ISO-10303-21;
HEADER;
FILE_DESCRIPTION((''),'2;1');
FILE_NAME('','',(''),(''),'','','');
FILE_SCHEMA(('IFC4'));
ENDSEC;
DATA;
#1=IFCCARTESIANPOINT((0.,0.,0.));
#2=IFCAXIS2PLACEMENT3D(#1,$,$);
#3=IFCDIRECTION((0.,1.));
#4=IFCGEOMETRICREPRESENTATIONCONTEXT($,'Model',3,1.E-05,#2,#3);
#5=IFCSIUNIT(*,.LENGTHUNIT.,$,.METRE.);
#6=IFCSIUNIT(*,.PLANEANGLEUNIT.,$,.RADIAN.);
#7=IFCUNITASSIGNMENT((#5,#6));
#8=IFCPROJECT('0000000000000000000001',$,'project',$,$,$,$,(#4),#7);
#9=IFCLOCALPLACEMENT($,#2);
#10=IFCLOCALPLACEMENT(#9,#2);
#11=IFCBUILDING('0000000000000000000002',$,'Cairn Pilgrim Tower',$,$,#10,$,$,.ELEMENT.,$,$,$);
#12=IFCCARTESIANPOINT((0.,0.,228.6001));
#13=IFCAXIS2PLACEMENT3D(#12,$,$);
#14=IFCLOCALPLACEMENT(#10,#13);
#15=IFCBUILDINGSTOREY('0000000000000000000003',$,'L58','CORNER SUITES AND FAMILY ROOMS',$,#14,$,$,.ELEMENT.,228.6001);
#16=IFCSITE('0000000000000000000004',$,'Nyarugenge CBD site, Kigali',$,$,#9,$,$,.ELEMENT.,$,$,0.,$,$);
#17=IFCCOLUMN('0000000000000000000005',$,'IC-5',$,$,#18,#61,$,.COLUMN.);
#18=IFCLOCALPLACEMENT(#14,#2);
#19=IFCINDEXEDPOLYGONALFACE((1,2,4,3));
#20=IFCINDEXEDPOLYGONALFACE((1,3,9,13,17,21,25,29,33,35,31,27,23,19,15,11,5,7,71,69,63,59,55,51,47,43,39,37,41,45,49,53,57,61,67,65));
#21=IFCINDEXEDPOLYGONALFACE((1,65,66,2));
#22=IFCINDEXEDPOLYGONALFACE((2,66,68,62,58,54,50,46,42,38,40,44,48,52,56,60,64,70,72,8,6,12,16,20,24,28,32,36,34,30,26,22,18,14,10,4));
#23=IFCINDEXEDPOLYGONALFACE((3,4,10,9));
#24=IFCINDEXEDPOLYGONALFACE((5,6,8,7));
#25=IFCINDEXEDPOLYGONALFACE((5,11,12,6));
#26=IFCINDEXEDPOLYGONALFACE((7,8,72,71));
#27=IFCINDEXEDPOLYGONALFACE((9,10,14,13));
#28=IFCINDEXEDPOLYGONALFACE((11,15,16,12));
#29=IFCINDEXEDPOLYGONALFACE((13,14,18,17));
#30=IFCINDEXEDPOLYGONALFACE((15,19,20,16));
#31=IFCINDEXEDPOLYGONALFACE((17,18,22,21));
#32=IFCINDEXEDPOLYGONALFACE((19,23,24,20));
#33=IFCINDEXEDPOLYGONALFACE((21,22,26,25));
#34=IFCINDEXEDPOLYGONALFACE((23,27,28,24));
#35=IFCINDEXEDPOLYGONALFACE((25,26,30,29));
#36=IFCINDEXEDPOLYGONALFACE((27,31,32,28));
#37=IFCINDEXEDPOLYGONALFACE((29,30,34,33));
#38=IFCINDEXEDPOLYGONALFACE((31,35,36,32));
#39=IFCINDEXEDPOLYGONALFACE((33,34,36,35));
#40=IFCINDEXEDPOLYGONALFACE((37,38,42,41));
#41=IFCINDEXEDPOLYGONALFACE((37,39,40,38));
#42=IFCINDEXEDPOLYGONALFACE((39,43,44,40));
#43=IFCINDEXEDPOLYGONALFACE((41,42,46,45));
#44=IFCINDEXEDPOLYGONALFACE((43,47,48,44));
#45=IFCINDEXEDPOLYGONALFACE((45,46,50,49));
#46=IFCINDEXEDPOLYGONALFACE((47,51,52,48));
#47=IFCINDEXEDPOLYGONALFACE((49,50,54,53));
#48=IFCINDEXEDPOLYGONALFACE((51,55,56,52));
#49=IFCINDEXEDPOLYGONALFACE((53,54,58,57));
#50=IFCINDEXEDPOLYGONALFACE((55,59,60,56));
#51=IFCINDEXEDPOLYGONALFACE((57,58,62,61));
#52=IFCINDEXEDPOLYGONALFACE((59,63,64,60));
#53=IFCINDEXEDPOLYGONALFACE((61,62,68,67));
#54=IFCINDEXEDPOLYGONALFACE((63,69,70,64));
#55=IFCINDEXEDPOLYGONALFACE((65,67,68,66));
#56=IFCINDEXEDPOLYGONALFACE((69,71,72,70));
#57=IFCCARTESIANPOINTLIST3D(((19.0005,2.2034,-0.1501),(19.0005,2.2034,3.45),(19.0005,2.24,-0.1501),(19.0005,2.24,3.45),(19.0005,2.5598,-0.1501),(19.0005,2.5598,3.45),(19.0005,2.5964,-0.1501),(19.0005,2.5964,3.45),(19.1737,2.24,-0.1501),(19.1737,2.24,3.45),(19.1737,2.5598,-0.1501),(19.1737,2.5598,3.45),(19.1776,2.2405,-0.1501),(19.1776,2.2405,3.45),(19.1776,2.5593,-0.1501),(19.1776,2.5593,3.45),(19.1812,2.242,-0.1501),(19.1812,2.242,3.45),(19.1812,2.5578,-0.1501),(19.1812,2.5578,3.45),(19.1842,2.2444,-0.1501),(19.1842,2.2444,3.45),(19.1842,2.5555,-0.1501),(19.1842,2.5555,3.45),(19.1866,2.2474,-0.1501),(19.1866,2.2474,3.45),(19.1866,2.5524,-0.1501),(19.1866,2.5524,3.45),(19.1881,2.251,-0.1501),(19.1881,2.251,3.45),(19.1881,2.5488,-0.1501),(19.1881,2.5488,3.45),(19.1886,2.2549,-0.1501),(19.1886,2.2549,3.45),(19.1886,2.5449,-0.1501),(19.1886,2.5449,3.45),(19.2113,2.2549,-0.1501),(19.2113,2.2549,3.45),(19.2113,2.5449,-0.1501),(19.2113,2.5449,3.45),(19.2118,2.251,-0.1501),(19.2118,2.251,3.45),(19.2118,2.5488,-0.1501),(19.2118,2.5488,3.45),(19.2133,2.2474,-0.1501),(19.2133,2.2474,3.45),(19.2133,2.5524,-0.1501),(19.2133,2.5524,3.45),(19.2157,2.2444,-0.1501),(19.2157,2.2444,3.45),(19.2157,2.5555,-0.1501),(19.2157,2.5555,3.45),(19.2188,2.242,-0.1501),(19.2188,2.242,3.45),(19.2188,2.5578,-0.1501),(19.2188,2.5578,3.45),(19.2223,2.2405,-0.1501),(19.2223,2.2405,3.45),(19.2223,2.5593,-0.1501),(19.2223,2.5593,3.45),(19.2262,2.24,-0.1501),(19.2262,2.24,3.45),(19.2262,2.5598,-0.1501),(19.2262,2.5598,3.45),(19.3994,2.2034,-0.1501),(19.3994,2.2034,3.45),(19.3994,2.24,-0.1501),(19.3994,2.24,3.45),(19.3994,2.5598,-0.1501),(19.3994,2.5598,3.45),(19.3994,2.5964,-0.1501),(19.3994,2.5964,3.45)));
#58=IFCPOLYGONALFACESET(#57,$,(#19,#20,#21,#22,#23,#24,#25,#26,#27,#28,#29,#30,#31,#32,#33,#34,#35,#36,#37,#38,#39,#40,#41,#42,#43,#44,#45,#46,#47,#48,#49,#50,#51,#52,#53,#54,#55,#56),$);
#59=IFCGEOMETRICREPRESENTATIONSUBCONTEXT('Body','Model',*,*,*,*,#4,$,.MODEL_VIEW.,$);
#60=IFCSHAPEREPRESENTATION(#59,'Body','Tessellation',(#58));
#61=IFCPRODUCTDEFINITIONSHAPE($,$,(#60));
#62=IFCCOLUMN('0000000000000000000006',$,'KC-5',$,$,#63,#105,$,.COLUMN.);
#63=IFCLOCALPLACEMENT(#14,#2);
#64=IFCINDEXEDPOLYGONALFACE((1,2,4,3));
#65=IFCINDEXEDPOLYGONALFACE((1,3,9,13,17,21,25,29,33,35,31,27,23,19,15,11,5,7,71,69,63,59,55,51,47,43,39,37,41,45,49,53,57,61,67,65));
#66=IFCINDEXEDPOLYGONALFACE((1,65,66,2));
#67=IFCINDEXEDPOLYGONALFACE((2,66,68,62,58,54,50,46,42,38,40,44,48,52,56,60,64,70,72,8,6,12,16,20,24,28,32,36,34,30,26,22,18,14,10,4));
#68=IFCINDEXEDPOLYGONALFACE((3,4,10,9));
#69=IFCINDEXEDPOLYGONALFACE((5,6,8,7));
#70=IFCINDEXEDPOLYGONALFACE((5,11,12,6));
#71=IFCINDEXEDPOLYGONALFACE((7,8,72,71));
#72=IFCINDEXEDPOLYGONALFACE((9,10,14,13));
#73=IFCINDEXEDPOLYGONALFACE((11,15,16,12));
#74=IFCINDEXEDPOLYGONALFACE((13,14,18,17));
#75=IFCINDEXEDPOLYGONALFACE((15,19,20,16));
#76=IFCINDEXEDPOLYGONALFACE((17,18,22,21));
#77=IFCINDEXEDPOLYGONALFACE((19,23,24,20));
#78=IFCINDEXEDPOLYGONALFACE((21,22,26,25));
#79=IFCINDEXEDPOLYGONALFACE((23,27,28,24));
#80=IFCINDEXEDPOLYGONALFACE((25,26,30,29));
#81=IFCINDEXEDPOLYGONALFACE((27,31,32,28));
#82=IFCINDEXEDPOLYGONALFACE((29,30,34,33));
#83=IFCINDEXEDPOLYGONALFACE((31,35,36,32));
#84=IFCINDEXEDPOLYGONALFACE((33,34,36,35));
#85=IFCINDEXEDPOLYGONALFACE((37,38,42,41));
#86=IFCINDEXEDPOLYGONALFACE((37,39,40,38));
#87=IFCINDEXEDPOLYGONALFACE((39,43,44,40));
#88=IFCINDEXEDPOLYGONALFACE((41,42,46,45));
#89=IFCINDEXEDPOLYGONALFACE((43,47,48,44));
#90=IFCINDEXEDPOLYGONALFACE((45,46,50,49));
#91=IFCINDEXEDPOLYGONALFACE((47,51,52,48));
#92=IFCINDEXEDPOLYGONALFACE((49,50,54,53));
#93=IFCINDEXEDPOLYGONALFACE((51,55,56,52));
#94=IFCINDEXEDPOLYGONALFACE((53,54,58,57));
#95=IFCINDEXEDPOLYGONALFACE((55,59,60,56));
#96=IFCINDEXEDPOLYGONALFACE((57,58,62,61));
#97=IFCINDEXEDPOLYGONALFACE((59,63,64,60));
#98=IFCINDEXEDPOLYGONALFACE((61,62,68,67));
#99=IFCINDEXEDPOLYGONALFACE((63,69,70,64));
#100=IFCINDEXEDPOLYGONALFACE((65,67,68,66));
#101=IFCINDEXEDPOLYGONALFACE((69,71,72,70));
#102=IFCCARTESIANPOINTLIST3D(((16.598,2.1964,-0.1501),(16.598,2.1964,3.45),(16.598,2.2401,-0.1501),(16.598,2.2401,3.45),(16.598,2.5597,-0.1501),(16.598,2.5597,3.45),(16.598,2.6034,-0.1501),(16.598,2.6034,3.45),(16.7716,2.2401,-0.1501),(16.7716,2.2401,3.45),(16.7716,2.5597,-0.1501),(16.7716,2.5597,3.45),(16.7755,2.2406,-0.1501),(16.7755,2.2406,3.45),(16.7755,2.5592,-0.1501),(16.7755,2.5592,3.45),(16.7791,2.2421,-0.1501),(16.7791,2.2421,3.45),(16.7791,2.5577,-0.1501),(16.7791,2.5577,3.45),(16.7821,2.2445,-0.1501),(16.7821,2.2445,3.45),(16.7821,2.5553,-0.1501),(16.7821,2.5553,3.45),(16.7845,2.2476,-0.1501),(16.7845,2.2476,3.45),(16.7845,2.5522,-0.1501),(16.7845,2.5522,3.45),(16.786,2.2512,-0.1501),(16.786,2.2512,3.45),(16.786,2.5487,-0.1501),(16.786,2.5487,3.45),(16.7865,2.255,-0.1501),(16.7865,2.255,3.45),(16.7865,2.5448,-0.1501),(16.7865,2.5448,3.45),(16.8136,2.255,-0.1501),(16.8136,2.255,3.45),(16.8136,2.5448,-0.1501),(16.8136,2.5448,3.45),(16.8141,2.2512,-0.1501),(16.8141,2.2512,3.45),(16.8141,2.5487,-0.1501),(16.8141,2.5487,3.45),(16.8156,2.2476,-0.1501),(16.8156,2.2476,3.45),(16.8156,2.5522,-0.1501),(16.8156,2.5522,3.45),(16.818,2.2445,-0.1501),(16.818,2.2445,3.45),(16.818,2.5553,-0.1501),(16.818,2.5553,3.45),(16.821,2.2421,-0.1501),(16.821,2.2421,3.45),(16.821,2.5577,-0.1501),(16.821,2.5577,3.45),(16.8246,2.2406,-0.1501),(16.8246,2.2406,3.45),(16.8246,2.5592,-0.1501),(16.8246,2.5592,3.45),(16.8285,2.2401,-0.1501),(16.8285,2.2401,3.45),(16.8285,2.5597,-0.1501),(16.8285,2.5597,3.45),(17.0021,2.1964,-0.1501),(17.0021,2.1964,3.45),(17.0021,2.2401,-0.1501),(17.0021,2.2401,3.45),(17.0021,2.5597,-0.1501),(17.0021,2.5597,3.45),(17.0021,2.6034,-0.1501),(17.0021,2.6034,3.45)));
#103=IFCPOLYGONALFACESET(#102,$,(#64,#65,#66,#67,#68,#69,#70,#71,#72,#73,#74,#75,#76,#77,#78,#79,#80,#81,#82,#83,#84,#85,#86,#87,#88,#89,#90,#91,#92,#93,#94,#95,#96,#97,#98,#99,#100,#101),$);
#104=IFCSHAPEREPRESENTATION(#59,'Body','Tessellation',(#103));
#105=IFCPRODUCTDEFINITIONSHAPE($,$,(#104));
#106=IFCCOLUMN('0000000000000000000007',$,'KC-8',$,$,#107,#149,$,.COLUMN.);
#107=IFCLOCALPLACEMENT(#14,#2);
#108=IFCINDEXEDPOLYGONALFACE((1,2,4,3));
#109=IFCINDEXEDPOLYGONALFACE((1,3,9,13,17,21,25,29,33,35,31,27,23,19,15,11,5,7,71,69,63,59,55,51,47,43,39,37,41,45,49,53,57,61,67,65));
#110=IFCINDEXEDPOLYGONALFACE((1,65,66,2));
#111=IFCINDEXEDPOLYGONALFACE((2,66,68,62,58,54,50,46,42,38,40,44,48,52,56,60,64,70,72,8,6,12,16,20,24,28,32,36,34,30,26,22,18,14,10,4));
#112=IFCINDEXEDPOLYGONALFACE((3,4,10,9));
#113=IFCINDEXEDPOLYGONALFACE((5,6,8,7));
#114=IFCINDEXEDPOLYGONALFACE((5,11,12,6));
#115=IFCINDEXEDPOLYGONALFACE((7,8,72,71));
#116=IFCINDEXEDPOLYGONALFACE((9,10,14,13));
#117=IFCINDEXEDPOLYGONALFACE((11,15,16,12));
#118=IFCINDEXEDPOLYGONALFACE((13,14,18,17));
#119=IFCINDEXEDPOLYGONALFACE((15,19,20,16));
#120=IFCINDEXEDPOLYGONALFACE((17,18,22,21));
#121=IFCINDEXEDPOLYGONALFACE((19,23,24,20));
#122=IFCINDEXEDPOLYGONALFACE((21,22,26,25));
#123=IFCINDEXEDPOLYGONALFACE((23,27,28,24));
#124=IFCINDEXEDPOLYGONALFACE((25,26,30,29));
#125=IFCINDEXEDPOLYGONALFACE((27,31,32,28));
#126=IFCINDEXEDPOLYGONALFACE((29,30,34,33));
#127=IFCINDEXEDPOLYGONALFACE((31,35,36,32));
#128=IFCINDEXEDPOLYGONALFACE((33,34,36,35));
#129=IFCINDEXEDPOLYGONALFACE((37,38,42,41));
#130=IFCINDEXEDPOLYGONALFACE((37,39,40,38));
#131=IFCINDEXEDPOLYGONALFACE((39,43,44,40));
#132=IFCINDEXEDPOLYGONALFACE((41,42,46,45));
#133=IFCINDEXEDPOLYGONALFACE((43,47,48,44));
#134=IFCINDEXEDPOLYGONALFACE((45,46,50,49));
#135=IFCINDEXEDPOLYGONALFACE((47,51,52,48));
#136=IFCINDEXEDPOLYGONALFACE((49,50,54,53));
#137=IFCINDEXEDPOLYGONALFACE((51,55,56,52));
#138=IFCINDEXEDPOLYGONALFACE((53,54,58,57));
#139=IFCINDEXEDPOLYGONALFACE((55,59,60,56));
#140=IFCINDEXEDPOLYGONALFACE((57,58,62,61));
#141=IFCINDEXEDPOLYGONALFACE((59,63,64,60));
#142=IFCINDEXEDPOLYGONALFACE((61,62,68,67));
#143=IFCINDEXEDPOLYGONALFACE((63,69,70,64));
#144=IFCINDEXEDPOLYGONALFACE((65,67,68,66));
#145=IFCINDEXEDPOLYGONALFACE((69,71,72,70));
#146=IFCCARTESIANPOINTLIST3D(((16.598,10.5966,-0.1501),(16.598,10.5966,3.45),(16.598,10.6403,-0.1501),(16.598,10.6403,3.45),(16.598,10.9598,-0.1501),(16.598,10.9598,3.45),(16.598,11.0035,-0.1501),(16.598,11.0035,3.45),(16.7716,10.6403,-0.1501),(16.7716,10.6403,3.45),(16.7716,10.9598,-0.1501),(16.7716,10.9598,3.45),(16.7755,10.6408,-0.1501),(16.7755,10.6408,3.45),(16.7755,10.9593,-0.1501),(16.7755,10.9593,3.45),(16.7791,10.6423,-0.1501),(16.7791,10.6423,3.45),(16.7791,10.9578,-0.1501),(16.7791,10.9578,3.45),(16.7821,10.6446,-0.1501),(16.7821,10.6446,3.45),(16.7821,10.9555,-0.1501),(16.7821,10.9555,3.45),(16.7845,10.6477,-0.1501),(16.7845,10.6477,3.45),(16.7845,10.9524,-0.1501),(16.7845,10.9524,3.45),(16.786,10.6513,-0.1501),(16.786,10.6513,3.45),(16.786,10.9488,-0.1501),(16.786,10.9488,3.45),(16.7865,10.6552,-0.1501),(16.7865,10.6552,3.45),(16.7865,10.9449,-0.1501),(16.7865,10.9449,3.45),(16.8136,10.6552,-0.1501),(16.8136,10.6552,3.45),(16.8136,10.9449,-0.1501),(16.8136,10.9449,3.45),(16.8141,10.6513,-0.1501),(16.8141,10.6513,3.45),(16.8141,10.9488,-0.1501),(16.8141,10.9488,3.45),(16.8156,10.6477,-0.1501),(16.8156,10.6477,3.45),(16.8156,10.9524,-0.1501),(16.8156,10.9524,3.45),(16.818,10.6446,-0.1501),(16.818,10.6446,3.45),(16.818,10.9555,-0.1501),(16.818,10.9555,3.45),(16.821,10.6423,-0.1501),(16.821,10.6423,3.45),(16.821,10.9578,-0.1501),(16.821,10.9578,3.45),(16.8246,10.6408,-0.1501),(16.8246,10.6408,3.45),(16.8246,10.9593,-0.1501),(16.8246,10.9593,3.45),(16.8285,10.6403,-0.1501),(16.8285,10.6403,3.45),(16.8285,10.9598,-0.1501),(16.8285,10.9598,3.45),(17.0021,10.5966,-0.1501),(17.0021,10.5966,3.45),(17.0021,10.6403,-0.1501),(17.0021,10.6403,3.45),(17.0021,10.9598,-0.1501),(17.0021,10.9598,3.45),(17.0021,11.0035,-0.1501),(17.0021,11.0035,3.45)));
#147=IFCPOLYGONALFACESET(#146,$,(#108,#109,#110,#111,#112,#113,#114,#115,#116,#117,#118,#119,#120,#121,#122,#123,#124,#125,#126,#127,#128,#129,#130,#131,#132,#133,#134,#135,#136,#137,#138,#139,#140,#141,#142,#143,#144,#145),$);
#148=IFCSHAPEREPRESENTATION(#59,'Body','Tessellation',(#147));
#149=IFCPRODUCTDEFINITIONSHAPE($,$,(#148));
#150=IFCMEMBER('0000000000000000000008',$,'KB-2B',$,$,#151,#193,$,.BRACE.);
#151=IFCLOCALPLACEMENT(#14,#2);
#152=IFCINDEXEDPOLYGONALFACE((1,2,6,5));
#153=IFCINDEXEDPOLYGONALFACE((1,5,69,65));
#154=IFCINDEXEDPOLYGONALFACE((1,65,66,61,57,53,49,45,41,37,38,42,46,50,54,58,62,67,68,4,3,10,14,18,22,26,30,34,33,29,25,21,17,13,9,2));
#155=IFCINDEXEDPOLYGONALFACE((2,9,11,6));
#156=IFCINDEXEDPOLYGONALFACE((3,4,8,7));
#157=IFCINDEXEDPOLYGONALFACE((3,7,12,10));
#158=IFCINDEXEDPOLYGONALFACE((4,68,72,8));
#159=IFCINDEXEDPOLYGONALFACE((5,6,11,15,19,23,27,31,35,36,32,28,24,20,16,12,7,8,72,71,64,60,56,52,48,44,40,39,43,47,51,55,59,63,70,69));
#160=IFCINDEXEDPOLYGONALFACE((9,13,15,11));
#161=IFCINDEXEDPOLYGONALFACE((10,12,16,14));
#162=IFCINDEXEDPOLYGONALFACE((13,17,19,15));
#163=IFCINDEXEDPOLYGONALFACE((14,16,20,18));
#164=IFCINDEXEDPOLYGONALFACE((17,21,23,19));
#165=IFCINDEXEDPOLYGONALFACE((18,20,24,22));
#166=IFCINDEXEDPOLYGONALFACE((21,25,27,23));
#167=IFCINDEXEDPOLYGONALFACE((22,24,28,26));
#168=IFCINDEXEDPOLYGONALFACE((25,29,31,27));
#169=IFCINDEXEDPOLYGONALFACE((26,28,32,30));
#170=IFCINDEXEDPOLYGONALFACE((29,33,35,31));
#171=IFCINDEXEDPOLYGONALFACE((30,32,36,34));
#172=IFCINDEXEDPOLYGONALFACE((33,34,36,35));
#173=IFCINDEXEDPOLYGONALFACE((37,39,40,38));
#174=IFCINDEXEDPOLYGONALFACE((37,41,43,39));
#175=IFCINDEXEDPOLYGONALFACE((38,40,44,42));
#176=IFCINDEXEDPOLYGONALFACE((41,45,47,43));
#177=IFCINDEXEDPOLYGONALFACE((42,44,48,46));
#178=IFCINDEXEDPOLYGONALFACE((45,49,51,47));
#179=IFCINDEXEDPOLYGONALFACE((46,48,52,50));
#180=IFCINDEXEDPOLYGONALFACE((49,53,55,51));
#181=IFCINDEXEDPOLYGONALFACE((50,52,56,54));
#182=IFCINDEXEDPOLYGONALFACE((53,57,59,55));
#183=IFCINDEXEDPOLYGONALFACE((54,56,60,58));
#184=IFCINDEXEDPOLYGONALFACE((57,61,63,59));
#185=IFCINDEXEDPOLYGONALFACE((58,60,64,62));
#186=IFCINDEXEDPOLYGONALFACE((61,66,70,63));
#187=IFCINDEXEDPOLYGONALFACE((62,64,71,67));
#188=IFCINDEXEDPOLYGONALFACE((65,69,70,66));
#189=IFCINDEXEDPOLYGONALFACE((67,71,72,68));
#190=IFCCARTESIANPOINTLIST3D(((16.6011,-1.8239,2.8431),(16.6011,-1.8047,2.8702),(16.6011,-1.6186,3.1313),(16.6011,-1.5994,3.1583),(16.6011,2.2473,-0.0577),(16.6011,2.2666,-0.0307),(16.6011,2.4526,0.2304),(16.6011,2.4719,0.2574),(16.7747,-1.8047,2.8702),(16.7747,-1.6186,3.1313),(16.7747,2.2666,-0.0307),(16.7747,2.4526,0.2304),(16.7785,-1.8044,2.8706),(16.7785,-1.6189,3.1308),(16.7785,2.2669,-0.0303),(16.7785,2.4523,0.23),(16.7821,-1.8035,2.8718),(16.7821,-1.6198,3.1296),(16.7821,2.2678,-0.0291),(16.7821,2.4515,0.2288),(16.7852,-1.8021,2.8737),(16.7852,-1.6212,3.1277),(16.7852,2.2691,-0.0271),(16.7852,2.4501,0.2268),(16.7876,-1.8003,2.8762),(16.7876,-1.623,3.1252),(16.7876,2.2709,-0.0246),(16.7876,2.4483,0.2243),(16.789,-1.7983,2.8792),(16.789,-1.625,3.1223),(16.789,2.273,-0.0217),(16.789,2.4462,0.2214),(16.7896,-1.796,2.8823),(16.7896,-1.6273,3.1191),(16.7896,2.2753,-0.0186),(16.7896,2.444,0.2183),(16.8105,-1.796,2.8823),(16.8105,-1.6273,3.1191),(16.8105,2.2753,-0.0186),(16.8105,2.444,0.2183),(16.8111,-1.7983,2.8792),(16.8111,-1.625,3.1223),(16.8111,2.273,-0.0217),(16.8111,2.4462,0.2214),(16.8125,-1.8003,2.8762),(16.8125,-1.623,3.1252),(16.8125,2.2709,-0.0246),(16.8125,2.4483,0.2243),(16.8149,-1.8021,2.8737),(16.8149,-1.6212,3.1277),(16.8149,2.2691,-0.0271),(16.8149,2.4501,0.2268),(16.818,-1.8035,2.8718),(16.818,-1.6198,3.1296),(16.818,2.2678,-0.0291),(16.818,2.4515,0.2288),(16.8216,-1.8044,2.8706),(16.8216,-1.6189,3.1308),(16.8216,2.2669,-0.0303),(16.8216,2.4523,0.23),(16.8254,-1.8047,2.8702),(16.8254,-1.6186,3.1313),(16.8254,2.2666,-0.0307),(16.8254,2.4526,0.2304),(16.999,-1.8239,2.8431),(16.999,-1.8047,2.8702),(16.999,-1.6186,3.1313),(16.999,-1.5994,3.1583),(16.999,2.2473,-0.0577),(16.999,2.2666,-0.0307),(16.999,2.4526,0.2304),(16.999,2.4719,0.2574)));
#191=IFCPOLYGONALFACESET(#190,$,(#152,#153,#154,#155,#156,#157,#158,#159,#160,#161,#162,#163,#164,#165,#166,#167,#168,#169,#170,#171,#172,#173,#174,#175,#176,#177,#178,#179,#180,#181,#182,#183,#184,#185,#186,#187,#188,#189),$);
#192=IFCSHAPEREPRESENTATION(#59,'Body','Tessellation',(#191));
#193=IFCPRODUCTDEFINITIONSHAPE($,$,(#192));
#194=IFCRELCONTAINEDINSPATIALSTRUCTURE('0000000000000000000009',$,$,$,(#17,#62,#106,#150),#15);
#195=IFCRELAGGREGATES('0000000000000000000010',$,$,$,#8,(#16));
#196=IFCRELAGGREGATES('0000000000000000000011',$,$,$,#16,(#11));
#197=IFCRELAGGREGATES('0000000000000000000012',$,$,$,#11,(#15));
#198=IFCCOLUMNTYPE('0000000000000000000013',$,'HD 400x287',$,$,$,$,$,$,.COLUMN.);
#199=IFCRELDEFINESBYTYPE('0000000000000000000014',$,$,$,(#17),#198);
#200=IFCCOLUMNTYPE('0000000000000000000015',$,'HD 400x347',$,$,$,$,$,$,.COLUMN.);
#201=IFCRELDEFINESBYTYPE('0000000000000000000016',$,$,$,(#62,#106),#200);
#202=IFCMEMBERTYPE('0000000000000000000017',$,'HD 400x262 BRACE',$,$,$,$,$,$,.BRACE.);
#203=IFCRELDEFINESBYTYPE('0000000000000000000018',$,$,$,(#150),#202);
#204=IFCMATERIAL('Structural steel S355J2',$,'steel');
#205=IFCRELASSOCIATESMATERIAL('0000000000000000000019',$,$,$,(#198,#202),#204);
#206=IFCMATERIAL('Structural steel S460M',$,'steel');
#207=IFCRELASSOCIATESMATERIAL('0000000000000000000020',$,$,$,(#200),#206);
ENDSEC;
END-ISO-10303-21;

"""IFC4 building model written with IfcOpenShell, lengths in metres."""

from ifc_helpers import new_model, si_unit, direction, frame, origin, origin_2d, place, context, subcontext, project, spatial, i_section, extrude, material, material_profile, profile_set, type_object, element, save


model = new_model("IFC4")

# Units and contexts
model_context = context("Model", 3, precision=1e-05, world=origin(), true_north=direction((0.0, 1.0)))
body_context = subcontext(model_context, "Body", "Model", "MODEL_VIEW")
ifc_project = project(units=[si_unit("LENGTHUNIT", "METRE"), si_unit("PLANEANGLEUNIT", "RADIAN")], contexts=[model_context])

# Site, building, storey
site_placement = place(None, origin())
site = spatial("IfcSite", under=ifc_project, at=site_placement, Name="Nyarugenge CBD site, Kigali", CompositionType="ELEMENT", RefElevation=0.0)
building_placement = place(site_placement, origin())
building = spatial("IfcBuilding", under=site, at=building_placement, Name="Cairn Pilgrim Tower", CompositionType="ELEMENT")
storey_placement = place(building_placement, frame((0.0, 0.0, 228.6001)))
storey = spatial("IfcBuildingStorey", under=building, at=storey_placement, Name="L58", Description="CORNER SUITES AND FAMILY ROOMS", CompositionType="ELEMENT", Elevation=228.6001)

# Columns
ifc_material_1 = material(Name="Structural steel S355J2", Category="steel")
ifc_material_profile_1 = material_profile(ifc_material_1, i_section(OverallWidth=0.3989, OverallDepth=0.3931, WebThickness=0.0227, FlangeThickness=0.0366, FilletRadius=0.0149, at=origin_2d()), Name="HD 400x287")
ifc_profile_set_1 = profile_set([ifc_material_profile_1], Name="Structural steel S355J2")
column_type_1 = type_object("IfcColumnType", Name="HD 400x287", PredefinedType="COLUMN", material=ifc_profile_set_1)
column_placement = place(storey_placement, frame((19.2, 2.3999, -0.1501), z_axis=(0.0, 0.0, 1.0), x_axis=(1.0, 0.0, 0.0)))
element("IfcColumn", 1, at=column_placement, inside=storey, type_object=column_type_1, Name="IC-5", PredefinedType="COLUMN", context=body_context, shape_type="SweptSolid", body=[
    extrude(i_section(OverallWidth=0.3989, OverallDepth=0.3931, WebThickness=0.0227, FlangeThickness=0.0366, FilletRadius=0.0149, at=origin_2d()), origin(), (0.0, 0.0, 1.0), 3.6001),
])
ifc_material_2 = material(Name="Structural steel S460M", Category="steel")
ifc_material_profile_2 = material_profile(ifc_material_2, i_section(OverallWidth=0.4041, OverallDepth=0.407, WebThickness=0.0271, FlangeThickness=0.0437, FilletRadius=0.0149, at=origin_2d()), Name="HD 400x347")
ifc_profile_set_2 = profile_set([ifc_material_profile_2], Name="Structural steel S460M")
column_type_2 = type_object("IfcColumnType", Name="HD 400x347", PredefinedType="COLUMN", material=ifc_profile_set_2)
for number, where, z_axis, x_axis, name in (
    (2, (16.8, 2.3999, -0.1501), (0.0, 0.0, 1.0), (1.0, 0.0, 0.0), "KC-5"),
    (3, (16.8, 10.8, -0.1501), (0.0, 0.0, 1.0), (1.0, 0.0, 0.0), "KC-8"),
):
    element("IfcColumn", number, at=place(storey_placement, frame(where, z_axis=z_axis, x_axis=x_axis)), inside=storey, type_object=column_type_2, Name=name, PredefinedType="COLUMN", context=body_context, shape_type="SweptSolid", body=[
        extrude(i_section(OverallWidth=0.4041, OverallDepth=0.407, WebThickness=0.0271, FlangeThickness=0.0437, FilletRadius=0.0149, at=origin_2d()), origin(), (0.0, 0.0, 1.0), 3.6001),
    ])

# Member
ifc_material_profile_3 = material_profile(ifc_material_1, i_section(OverallWidth=0.3979, OverallDepth=0.387, WebThickness=0.021, FlangeThickness=0.0332, FilletRadius=0.0149, at=origin_2d()), Name="HD 400x262")
ifc_profile_set_3 = profile_set([ifc_material_profile_3], Name="Structural steel S355J2")
member_type = type_object("IfcMemberType", Name="HD 400x262 BRACE", PredefinedType="BRACE", material=ifc_profile_set_3)
member_1_placement = place(storey_placement, frame((16.8, 2.3596, 0.0999), z_axis=(0.0, -0.814413, 0.580286), x_axis=(1.0, 0.0, 0.0)))
element("IfcMember", 4, at=member_1_placement, inside=storey, type_object=member_type, Name="KB-2B", PredefinedType="BRACE", context=body_context, shape_type="SweptSolid", body=[
    extrude(i_section(OverallWidth=0.3979, OverallDepth=0.387, WebThickness=0.021, FlangeThickness=0.0332, FilletRadius=0.0149, at=origin_2d()), origin(), (0.0, 0.0, 1.0), 4.999),
])

save(model, "model.ifc")
